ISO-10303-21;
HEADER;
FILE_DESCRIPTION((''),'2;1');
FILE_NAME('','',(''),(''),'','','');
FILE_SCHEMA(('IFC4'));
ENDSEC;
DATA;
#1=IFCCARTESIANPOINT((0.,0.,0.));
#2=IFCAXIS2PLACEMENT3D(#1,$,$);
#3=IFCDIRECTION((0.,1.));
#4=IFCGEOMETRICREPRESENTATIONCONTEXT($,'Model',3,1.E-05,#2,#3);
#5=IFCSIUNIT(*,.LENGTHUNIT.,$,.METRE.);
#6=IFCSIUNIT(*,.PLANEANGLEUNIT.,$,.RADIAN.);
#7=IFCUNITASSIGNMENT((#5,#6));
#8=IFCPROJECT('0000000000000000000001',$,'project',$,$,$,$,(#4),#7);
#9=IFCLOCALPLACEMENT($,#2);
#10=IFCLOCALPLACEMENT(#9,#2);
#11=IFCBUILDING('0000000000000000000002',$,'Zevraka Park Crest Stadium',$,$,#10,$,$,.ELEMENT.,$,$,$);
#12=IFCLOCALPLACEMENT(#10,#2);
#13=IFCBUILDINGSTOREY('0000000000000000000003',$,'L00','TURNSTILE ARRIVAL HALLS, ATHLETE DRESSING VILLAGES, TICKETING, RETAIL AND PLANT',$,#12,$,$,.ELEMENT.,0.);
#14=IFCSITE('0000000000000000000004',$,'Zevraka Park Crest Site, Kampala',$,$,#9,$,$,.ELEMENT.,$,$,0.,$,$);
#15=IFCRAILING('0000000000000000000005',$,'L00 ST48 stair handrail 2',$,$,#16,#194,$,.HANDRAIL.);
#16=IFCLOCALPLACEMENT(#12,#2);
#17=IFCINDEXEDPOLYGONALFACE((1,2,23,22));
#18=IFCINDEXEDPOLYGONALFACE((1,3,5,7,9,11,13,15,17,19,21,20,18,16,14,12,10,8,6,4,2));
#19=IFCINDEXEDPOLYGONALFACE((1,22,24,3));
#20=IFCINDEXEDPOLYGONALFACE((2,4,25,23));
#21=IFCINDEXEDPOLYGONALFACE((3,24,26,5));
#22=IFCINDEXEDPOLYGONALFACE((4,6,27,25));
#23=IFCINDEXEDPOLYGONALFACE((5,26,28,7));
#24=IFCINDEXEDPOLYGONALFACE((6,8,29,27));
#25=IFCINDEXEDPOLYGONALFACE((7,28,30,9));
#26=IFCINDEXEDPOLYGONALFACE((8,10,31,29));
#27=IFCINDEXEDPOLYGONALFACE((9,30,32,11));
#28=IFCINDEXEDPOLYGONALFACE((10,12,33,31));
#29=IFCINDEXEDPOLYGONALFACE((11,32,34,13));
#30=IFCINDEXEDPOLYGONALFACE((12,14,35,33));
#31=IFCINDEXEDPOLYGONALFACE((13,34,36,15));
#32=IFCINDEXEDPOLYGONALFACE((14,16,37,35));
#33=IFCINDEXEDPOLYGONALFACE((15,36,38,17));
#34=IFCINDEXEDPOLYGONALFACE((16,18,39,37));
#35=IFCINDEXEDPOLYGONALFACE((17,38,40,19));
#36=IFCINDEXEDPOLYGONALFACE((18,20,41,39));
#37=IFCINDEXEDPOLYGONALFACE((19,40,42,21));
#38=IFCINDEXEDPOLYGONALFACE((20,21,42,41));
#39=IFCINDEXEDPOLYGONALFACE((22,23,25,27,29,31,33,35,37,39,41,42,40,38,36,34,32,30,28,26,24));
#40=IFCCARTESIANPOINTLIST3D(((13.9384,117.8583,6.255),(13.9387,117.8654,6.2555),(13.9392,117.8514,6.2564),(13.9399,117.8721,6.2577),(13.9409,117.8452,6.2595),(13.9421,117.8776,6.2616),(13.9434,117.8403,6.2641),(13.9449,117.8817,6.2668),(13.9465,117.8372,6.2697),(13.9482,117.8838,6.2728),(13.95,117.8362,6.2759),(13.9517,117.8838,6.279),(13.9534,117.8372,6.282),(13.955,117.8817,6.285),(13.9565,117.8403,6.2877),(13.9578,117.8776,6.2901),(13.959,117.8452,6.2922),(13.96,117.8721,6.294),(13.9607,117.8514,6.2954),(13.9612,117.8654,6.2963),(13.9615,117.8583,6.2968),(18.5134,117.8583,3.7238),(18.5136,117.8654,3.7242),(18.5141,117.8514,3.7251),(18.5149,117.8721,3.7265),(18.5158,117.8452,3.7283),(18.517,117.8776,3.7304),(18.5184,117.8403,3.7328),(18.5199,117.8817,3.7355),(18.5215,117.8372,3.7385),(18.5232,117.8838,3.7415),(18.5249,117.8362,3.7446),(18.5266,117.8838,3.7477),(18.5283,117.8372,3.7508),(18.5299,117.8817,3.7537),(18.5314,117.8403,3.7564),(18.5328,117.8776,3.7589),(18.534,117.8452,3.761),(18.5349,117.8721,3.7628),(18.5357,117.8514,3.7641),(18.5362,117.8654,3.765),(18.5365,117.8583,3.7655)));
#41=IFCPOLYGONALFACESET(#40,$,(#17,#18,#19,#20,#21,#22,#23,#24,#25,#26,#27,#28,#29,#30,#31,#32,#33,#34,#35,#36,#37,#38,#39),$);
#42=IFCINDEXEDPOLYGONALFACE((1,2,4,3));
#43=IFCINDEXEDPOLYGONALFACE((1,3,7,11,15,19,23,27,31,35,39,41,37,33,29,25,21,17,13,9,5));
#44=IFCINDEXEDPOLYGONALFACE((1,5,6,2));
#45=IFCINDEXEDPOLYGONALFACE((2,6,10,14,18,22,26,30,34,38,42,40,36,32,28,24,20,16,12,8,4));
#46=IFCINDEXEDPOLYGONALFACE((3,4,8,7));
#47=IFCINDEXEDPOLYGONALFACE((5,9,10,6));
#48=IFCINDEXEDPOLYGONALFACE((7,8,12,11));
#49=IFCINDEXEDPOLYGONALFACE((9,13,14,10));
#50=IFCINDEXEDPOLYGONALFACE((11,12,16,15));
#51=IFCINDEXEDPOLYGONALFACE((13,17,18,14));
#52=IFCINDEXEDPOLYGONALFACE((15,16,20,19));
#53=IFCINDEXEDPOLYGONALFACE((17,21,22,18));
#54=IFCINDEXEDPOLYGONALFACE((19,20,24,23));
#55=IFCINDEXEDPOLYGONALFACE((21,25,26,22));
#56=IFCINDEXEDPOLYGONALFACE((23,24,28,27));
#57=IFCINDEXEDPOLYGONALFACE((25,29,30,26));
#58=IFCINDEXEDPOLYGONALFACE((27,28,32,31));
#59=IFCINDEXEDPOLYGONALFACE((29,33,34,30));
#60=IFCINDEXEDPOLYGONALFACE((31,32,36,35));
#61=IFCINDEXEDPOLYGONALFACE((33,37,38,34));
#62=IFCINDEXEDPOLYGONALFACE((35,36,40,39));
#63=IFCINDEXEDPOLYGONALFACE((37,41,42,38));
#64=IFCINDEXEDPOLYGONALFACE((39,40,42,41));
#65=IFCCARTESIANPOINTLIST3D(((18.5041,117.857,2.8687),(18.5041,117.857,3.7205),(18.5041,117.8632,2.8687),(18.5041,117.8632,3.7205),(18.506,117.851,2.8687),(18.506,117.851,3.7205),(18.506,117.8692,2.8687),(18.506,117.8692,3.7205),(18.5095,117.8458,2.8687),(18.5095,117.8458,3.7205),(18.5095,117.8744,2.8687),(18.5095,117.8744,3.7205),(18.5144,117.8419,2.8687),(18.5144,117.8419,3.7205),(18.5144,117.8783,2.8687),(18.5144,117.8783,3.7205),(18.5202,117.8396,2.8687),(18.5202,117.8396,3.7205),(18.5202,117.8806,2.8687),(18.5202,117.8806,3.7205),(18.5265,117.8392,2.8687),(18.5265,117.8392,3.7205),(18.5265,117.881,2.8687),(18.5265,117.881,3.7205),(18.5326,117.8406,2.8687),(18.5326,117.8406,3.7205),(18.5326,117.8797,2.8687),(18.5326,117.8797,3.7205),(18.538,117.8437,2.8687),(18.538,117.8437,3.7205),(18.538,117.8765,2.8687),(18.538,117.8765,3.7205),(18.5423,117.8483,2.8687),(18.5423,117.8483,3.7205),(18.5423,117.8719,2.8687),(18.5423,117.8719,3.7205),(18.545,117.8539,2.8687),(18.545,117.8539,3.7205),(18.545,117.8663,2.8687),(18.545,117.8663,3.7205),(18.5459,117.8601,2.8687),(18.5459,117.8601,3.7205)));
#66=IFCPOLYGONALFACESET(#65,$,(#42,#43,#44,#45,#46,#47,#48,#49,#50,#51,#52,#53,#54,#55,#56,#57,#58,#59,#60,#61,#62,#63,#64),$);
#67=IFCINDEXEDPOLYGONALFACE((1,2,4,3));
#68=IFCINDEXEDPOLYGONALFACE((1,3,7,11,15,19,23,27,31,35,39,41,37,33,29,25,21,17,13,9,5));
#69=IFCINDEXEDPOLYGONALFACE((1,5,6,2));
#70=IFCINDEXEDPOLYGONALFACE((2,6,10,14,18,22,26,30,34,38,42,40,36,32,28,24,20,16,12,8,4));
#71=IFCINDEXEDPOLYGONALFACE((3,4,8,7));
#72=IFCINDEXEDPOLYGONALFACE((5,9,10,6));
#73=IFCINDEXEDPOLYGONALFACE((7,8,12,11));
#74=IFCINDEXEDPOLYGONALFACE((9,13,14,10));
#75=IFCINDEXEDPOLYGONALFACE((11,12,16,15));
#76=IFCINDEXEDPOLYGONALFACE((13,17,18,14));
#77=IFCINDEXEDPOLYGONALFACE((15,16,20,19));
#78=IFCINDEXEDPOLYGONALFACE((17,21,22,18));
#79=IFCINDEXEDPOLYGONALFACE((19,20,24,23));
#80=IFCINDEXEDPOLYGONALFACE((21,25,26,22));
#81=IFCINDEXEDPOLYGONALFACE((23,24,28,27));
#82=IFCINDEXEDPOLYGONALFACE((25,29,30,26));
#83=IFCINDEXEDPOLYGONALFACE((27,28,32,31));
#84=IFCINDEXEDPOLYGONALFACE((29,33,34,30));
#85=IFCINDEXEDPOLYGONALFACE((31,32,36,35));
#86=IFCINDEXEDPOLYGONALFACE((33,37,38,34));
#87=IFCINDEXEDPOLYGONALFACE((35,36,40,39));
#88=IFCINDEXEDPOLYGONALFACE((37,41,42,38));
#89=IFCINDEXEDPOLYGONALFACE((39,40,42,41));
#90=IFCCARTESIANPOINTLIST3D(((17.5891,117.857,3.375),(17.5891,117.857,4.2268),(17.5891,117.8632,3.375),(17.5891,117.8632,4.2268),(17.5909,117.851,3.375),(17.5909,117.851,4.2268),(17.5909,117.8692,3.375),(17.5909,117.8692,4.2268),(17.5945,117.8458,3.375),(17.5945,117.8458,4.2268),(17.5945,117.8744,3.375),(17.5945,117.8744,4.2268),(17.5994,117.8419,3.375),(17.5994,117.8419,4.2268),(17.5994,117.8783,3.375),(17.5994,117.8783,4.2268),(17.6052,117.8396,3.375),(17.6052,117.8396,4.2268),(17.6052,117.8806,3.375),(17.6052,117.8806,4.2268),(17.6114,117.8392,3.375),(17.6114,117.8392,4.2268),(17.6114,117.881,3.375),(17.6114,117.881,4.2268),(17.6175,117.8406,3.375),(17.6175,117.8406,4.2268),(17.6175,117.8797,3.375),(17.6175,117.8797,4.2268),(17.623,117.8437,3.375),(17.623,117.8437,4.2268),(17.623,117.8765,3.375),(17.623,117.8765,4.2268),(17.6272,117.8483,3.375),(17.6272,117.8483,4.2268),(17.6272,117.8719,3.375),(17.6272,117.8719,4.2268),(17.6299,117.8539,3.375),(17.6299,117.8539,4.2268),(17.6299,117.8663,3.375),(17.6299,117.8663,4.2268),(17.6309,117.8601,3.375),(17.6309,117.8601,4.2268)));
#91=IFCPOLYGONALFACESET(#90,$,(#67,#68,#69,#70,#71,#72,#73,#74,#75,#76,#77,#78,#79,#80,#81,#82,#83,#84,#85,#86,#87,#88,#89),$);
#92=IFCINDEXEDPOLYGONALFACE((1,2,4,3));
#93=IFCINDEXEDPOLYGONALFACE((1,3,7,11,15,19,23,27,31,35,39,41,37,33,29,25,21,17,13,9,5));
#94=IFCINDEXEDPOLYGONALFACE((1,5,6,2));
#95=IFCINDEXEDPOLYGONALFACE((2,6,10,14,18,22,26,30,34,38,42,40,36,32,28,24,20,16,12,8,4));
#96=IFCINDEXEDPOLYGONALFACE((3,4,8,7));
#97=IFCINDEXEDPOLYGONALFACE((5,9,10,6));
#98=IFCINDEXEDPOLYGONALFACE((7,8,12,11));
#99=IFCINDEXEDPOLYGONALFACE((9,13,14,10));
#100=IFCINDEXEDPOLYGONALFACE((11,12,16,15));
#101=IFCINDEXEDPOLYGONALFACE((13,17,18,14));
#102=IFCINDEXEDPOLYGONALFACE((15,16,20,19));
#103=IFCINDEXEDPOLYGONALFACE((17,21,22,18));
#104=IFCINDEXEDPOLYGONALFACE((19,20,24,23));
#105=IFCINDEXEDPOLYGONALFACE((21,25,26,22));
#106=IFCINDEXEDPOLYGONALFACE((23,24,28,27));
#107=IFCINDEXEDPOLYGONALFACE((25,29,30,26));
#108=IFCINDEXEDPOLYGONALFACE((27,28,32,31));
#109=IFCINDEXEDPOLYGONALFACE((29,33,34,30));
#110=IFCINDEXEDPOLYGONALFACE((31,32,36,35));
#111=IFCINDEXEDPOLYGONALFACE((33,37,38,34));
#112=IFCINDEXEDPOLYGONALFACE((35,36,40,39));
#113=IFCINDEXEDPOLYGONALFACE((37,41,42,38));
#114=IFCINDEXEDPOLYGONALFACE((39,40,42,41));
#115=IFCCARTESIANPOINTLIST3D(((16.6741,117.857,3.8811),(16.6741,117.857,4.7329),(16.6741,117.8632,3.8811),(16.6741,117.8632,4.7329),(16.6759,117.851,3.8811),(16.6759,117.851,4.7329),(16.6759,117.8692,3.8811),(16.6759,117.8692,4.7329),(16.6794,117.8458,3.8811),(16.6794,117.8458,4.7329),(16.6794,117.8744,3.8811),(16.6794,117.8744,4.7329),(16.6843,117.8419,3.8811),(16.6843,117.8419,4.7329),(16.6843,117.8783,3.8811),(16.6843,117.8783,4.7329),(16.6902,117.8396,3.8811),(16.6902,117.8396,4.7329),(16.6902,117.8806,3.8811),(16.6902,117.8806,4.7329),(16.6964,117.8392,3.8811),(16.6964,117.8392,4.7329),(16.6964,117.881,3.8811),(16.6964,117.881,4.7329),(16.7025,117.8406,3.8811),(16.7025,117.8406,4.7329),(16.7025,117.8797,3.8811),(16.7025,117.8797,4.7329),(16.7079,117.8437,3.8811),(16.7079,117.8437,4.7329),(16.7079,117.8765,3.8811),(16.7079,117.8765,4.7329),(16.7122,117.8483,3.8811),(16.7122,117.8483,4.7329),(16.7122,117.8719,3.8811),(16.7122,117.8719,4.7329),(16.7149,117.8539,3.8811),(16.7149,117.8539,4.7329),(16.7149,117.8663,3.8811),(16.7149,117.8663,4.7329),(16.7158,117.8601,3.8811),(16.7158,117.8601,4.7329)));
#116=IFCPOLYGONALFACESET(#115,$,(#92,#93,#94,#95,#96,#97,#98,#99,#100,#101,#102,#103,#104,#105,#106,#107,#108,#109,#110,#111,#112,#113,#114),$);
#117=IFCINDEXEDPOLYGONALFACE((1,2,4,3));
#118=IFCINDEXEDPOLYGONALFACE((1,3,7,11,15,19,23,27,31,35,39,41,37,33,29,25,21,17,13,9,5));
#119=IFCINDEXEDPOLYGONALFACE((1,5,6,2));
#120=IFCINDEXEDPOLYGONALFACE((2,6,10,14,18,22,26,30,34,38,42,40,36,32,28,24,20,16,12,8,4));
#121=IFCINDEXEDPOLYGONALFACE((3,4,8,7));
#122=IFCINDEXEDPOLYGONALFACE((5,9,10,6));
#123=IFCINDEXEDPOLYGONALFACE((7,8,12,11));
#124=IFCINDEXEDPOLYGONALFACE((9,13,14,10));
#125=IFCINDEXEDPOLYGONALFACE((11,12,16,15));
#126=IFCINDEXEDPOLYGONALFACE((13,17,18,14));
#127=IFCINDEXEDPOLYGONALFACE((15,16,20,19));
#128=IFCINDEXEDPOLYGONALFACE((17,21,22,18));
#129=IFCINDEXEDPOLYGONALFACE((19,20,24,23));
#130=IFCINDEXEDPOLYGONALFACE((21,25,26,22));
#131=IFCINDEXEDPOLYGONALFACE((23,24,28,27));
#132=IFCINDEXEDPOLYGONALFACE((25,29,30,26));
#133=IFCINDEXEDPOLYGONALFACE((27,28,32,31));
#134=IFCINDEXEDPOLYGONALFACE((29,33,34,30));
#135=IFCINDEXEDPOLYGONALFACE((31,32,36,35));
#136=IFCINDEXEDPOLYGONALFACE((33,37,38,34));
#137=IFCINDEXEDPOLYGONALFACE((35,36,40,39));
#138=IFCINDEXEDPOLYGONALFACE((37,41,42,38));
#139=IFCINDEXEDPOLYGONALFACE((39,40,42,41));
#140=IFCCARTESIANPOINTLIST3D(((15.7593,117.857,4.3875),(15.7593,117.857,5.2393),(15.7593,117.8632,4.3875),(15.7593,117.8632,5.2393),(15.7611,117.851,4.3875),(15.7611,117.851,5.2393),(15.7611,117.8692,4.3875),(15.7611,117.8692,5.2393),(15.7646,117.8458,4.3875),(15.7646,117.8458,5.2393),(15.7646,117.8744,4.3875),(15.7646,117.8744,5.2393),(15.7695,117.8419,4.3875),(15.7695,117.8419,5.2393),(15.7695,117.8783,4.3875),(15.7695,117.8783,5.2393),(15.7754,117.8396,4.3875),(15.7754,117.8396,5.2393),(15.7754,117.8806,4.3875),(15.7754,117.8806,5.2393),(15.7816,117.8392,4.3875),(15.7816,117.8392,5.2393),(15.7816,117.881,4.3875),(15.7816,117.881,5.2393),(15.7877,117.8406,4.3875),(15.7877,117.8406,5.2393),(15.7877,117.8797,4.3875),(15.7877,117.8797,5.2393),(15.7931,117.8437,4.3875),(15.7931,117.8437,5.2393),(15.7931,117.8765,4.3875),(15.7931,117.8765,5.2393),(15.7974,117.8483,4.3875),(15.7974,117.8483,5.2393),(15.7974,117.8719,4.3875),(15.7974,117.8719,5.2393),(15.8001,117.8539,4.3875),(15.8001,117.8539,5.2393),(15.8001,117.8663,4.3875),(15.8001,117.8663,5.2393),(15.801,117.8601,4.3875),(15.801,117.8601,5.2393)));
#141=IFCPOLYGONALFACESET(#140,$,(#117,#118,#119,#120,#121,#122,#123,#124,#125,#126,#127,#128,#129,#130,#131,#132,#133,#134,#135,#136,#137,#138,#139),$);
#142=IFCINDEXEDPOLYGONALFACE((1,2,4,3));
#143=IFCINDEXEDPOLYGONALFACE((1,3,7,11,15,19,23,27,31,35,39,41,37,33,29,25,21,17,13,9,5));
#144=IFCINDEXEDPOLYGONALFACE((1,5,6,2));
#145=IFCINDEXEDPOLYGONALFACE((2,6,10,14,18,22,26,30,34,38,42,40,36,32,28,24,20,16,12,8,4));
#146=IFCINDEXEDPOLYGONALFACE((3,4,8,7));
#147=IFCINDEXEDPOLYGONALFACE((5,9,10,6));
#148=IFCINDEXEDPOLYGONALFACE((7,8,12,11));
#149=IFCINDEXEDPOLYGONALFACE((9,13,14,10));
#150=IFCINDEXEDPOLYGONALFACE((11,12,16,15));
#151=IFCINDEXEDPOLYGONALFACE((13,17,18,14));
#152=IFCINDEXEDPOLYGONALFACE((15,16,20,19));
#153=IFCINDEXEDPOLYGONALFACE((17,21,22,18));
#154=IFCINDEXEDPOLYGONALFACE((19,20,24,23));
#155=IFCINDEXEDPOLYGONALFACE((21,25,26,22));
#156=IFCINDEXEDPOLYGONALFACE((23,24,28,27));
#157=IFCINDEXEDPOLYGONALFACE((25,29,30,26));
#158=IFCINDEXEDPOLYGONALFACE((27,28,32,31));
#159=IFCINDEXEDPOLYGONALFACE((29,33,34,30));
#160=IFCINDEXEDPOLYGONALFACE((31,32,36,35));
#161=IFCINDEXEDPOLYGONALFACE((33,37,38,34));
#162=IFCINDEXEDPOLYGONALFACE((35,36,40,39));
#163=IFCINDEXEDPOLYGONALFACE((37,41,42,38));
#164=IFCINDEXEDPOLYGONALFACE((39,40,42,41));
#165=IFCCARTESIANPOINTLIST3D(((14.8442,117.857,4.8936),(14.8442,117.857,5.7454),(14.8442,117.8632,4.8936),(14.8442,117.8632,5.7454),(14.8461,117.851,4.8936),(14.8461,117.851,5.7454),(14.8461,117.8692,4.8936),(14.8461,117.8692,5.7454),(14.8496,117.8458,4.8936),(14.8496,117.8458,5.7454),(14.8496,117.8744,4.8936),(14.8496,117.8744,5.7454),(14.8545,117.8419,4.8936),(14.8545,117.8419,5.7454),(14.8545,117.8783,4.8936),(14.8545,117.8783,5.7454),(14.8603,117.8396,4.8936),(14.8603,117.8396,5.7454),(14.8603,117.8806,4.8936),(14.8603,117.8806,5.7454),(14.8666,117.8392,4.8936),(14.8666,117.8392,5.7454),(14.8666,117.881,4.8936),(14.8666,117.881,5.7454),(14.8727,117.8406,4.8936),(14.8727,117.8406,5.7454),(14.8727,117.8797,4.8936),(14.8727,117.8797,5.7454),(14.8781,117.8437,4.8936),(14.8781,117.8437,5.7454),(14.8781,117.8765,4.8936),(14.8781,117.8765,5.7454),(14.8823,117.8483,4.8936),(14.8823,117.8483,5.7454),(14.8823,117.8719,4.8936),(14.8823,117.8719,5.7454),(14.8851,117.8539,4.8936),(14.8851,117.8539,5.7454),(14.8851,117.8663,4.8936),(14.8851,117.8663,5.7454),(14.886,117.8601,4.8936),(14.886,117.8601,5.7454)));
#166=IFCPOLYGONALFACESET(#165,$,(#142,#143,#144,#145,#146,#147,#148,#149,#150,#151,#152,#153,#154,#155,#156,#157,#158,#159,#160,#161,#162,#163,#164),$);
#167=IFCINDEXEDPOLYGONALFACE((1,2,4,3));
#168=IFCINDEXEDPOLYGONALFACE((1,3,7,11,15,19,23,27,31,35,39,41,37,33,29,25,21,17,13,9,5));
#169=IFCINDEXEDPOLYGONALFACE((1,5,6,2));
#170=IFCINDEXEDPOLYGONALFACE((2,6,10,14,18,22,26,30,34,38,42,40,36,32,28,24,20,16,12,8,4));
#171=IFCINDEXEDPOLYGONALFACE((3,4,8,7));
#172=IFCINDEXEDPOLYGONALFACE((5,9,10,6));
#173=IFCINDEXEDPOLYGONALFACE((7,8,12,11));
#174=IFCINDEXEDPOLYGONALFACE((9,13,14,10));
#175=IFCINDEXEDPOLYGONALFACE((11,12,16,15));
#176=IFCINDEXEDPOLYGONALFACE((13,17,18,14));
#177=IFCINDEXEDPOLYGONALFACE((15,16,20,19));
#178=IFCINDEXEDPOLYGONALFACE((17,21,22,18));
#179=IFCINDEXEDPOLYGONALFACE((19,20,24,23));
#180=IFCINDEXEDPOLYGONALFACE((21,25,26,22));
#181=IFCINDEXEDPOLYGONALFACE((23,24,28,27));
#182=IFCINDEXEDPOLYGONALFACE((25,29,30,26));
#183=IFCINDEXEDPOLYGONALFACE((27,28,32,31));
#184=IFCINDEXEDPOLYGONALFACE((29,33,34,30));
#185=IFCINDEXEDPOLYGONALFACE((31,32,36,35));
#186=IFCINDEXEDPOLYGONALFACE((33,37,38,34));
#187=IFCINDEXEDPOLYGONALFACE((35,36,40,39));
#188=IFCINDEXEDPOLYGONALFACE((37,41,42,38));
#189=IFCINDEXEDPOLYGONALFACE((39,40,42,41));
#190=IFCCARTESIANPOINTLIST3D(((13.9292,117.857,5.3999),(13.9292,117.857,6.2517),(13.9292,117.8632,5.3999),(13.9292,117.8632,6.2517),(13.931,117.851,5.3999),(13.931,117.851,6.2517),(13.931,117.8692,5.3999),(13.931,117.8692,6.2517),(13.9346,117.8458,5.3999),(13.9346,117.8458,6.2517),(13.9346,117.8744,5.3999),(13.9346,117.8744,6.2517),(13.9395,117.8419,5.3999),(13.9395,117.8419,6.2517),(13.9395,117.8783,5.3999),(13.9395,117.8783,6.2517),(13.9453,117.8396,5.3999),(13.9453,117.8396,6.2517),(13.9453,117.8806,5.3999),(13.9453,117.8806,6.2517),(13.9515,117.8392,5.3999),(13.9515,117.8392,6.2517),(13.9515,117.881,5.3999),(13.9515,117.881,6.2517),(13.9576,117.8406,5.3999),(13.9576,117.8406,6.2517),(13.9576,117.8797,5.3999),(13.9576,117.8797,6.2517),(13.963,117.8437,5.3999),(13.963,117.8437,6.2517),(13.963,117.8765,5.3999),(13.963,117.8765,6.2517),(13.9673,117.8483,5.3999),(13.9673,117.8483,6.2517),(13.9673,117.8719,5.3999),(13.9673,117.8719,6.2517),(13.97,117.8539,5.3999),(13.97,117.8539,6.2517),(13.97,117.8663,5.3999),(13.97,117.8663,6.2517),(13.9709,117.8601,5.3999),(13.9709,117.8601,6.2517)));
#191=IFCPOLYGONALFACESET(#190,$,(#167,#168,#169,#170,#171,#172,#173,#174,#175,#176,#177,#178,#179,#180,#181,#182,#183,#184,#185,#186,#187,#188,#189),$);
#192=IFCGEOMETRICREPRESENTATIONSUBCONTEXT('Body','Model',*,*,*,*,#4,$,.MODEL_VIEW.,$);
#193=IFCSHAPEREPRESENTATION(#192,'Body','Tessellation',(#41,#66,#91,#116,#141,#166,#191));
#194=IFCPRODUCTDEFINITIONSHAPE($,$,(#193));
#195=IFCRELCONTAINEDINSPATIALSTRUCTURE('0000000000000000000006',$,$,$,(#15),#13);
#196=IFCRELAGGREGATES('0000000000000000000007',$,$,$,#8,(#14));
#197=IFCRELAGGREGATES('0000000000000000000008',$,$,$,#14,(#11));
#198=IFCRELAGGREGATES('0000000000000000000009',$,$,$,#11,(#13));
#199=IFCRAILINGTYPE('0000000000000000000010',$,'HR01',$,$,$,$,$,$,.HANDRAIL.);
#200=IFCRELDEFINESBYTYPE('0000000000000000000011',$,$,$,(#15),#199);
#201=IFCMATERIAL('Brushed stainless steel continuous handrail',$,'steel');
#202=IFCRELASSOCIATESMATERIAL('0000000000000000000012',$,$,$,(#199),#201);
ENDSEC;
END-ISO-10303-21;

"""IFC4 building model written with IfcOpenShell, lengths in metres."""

from ifc_helpers import new_model, si_unit, direction, frame, origin, origin_2d, place, context, subcontext, project, spatial, circle, extrude, material, type_object, element, save


model = new_model("IFC4")

# Units and contexts
model_context = context("Model", 3, precision=1e-05, world=origin(), true_north=direction((0.0, 1.0)))
body_context = subcontext(model_context, "Body", "Model", "MODEL_VIEW")
ifc_project = project(units=[si_unit("LENGTHUNIT", "METRE"), si_unit("PLANEANGLEUNIT", "RADIAN")], contexts=[model_context])

# Site, building, storey
site_placement = place(None, origin())
site = spatial("IfcSite", under=ifc_project, at=site_placement, Name="Zevraka Park Crest Site, Kampala", CompositionType="ELEMENT", RefElevation=0.0)
building_placement = place(site_placement, origin())
building = spatial("IfcBuilding", under=site, at=building_placement, Name="Zevraka Park Crest Stadium", CompositionType="ELEMENT")
storey_placement = place(building_placement, origin())
storey = spatial("IfcBuildingStorey", under=building, at=storey_placement, Name="L00", Description="TURNSTILE ARRIVAL HALLS, ATHLETE DRESSING VILLAGES, TICKETING, RETAIL AND PLANT", CompositionType="ELEMENT", Elevation=0.0)

# Railing
ifc_material_1 = material(Name="Brushed stainless steel continuous handrail", Category="steel")
railing_type_1 = type_object("IfcRailingType", Name="HR01", PredefinedType="HANDRAIL", material=ifc_material_1)
railing_1_placement = place(storey_placement, frame((18.5249, 117.8601, 2.8687)))
element("IfcRailing", 1, at=railing_1_placement, inside=storey, type_object=railing_type_1, Name="L00 ST48 stair handrail 2", PredefinedType="HANDRAIL", context=body_context, shape_type="SweptSolid", body=[
    extrude(circle(Radius=0.0239, at=origin_2d()), frame((0.0, 0.0, 0.876), z_axis=(-0.875, 0.0, 0.484124), x_axis=(0.0, -1.0, 0.0)), (0.0, 0.0, 1.0), 5.2285),
    extrude(circle(Radius=0.021, at=origin_2d()), origin(), (0.0, 0.0, 1.0), 0.8518),
    extrude(circle(Radius=0.021, at=origin_2d()), frame((-0.915, 0.0, 0.5063)), (0.0, 0.0, 1.0), 0.8518),
    extrude(circle(Radius=0.021, at=origin_2d()), frame((-1.8301, 0.0, 1.0125)), (0.0, 0.0, 1.0), 0.8518),
    extrude(circle(Radius=0.021, at=origin_2d()), frame((-2.7449, 0.0, 1.5188)), (0.0, 0.0, 1.0), 0.8518),
    extrude(circle(Radius=0.021, at=origin_2d()), frame((-3.6599, 0.0, 2.0249)), (0.0, 0.0, 1.0), 0.8518),
    extrude(circle(Radius=0.021, at=origin_2d()), frame((-4.575, 0.0, 2.5312)), (0.0, 0.0, 1.0), 0.8518),
])

save(model, "model.ifc")
